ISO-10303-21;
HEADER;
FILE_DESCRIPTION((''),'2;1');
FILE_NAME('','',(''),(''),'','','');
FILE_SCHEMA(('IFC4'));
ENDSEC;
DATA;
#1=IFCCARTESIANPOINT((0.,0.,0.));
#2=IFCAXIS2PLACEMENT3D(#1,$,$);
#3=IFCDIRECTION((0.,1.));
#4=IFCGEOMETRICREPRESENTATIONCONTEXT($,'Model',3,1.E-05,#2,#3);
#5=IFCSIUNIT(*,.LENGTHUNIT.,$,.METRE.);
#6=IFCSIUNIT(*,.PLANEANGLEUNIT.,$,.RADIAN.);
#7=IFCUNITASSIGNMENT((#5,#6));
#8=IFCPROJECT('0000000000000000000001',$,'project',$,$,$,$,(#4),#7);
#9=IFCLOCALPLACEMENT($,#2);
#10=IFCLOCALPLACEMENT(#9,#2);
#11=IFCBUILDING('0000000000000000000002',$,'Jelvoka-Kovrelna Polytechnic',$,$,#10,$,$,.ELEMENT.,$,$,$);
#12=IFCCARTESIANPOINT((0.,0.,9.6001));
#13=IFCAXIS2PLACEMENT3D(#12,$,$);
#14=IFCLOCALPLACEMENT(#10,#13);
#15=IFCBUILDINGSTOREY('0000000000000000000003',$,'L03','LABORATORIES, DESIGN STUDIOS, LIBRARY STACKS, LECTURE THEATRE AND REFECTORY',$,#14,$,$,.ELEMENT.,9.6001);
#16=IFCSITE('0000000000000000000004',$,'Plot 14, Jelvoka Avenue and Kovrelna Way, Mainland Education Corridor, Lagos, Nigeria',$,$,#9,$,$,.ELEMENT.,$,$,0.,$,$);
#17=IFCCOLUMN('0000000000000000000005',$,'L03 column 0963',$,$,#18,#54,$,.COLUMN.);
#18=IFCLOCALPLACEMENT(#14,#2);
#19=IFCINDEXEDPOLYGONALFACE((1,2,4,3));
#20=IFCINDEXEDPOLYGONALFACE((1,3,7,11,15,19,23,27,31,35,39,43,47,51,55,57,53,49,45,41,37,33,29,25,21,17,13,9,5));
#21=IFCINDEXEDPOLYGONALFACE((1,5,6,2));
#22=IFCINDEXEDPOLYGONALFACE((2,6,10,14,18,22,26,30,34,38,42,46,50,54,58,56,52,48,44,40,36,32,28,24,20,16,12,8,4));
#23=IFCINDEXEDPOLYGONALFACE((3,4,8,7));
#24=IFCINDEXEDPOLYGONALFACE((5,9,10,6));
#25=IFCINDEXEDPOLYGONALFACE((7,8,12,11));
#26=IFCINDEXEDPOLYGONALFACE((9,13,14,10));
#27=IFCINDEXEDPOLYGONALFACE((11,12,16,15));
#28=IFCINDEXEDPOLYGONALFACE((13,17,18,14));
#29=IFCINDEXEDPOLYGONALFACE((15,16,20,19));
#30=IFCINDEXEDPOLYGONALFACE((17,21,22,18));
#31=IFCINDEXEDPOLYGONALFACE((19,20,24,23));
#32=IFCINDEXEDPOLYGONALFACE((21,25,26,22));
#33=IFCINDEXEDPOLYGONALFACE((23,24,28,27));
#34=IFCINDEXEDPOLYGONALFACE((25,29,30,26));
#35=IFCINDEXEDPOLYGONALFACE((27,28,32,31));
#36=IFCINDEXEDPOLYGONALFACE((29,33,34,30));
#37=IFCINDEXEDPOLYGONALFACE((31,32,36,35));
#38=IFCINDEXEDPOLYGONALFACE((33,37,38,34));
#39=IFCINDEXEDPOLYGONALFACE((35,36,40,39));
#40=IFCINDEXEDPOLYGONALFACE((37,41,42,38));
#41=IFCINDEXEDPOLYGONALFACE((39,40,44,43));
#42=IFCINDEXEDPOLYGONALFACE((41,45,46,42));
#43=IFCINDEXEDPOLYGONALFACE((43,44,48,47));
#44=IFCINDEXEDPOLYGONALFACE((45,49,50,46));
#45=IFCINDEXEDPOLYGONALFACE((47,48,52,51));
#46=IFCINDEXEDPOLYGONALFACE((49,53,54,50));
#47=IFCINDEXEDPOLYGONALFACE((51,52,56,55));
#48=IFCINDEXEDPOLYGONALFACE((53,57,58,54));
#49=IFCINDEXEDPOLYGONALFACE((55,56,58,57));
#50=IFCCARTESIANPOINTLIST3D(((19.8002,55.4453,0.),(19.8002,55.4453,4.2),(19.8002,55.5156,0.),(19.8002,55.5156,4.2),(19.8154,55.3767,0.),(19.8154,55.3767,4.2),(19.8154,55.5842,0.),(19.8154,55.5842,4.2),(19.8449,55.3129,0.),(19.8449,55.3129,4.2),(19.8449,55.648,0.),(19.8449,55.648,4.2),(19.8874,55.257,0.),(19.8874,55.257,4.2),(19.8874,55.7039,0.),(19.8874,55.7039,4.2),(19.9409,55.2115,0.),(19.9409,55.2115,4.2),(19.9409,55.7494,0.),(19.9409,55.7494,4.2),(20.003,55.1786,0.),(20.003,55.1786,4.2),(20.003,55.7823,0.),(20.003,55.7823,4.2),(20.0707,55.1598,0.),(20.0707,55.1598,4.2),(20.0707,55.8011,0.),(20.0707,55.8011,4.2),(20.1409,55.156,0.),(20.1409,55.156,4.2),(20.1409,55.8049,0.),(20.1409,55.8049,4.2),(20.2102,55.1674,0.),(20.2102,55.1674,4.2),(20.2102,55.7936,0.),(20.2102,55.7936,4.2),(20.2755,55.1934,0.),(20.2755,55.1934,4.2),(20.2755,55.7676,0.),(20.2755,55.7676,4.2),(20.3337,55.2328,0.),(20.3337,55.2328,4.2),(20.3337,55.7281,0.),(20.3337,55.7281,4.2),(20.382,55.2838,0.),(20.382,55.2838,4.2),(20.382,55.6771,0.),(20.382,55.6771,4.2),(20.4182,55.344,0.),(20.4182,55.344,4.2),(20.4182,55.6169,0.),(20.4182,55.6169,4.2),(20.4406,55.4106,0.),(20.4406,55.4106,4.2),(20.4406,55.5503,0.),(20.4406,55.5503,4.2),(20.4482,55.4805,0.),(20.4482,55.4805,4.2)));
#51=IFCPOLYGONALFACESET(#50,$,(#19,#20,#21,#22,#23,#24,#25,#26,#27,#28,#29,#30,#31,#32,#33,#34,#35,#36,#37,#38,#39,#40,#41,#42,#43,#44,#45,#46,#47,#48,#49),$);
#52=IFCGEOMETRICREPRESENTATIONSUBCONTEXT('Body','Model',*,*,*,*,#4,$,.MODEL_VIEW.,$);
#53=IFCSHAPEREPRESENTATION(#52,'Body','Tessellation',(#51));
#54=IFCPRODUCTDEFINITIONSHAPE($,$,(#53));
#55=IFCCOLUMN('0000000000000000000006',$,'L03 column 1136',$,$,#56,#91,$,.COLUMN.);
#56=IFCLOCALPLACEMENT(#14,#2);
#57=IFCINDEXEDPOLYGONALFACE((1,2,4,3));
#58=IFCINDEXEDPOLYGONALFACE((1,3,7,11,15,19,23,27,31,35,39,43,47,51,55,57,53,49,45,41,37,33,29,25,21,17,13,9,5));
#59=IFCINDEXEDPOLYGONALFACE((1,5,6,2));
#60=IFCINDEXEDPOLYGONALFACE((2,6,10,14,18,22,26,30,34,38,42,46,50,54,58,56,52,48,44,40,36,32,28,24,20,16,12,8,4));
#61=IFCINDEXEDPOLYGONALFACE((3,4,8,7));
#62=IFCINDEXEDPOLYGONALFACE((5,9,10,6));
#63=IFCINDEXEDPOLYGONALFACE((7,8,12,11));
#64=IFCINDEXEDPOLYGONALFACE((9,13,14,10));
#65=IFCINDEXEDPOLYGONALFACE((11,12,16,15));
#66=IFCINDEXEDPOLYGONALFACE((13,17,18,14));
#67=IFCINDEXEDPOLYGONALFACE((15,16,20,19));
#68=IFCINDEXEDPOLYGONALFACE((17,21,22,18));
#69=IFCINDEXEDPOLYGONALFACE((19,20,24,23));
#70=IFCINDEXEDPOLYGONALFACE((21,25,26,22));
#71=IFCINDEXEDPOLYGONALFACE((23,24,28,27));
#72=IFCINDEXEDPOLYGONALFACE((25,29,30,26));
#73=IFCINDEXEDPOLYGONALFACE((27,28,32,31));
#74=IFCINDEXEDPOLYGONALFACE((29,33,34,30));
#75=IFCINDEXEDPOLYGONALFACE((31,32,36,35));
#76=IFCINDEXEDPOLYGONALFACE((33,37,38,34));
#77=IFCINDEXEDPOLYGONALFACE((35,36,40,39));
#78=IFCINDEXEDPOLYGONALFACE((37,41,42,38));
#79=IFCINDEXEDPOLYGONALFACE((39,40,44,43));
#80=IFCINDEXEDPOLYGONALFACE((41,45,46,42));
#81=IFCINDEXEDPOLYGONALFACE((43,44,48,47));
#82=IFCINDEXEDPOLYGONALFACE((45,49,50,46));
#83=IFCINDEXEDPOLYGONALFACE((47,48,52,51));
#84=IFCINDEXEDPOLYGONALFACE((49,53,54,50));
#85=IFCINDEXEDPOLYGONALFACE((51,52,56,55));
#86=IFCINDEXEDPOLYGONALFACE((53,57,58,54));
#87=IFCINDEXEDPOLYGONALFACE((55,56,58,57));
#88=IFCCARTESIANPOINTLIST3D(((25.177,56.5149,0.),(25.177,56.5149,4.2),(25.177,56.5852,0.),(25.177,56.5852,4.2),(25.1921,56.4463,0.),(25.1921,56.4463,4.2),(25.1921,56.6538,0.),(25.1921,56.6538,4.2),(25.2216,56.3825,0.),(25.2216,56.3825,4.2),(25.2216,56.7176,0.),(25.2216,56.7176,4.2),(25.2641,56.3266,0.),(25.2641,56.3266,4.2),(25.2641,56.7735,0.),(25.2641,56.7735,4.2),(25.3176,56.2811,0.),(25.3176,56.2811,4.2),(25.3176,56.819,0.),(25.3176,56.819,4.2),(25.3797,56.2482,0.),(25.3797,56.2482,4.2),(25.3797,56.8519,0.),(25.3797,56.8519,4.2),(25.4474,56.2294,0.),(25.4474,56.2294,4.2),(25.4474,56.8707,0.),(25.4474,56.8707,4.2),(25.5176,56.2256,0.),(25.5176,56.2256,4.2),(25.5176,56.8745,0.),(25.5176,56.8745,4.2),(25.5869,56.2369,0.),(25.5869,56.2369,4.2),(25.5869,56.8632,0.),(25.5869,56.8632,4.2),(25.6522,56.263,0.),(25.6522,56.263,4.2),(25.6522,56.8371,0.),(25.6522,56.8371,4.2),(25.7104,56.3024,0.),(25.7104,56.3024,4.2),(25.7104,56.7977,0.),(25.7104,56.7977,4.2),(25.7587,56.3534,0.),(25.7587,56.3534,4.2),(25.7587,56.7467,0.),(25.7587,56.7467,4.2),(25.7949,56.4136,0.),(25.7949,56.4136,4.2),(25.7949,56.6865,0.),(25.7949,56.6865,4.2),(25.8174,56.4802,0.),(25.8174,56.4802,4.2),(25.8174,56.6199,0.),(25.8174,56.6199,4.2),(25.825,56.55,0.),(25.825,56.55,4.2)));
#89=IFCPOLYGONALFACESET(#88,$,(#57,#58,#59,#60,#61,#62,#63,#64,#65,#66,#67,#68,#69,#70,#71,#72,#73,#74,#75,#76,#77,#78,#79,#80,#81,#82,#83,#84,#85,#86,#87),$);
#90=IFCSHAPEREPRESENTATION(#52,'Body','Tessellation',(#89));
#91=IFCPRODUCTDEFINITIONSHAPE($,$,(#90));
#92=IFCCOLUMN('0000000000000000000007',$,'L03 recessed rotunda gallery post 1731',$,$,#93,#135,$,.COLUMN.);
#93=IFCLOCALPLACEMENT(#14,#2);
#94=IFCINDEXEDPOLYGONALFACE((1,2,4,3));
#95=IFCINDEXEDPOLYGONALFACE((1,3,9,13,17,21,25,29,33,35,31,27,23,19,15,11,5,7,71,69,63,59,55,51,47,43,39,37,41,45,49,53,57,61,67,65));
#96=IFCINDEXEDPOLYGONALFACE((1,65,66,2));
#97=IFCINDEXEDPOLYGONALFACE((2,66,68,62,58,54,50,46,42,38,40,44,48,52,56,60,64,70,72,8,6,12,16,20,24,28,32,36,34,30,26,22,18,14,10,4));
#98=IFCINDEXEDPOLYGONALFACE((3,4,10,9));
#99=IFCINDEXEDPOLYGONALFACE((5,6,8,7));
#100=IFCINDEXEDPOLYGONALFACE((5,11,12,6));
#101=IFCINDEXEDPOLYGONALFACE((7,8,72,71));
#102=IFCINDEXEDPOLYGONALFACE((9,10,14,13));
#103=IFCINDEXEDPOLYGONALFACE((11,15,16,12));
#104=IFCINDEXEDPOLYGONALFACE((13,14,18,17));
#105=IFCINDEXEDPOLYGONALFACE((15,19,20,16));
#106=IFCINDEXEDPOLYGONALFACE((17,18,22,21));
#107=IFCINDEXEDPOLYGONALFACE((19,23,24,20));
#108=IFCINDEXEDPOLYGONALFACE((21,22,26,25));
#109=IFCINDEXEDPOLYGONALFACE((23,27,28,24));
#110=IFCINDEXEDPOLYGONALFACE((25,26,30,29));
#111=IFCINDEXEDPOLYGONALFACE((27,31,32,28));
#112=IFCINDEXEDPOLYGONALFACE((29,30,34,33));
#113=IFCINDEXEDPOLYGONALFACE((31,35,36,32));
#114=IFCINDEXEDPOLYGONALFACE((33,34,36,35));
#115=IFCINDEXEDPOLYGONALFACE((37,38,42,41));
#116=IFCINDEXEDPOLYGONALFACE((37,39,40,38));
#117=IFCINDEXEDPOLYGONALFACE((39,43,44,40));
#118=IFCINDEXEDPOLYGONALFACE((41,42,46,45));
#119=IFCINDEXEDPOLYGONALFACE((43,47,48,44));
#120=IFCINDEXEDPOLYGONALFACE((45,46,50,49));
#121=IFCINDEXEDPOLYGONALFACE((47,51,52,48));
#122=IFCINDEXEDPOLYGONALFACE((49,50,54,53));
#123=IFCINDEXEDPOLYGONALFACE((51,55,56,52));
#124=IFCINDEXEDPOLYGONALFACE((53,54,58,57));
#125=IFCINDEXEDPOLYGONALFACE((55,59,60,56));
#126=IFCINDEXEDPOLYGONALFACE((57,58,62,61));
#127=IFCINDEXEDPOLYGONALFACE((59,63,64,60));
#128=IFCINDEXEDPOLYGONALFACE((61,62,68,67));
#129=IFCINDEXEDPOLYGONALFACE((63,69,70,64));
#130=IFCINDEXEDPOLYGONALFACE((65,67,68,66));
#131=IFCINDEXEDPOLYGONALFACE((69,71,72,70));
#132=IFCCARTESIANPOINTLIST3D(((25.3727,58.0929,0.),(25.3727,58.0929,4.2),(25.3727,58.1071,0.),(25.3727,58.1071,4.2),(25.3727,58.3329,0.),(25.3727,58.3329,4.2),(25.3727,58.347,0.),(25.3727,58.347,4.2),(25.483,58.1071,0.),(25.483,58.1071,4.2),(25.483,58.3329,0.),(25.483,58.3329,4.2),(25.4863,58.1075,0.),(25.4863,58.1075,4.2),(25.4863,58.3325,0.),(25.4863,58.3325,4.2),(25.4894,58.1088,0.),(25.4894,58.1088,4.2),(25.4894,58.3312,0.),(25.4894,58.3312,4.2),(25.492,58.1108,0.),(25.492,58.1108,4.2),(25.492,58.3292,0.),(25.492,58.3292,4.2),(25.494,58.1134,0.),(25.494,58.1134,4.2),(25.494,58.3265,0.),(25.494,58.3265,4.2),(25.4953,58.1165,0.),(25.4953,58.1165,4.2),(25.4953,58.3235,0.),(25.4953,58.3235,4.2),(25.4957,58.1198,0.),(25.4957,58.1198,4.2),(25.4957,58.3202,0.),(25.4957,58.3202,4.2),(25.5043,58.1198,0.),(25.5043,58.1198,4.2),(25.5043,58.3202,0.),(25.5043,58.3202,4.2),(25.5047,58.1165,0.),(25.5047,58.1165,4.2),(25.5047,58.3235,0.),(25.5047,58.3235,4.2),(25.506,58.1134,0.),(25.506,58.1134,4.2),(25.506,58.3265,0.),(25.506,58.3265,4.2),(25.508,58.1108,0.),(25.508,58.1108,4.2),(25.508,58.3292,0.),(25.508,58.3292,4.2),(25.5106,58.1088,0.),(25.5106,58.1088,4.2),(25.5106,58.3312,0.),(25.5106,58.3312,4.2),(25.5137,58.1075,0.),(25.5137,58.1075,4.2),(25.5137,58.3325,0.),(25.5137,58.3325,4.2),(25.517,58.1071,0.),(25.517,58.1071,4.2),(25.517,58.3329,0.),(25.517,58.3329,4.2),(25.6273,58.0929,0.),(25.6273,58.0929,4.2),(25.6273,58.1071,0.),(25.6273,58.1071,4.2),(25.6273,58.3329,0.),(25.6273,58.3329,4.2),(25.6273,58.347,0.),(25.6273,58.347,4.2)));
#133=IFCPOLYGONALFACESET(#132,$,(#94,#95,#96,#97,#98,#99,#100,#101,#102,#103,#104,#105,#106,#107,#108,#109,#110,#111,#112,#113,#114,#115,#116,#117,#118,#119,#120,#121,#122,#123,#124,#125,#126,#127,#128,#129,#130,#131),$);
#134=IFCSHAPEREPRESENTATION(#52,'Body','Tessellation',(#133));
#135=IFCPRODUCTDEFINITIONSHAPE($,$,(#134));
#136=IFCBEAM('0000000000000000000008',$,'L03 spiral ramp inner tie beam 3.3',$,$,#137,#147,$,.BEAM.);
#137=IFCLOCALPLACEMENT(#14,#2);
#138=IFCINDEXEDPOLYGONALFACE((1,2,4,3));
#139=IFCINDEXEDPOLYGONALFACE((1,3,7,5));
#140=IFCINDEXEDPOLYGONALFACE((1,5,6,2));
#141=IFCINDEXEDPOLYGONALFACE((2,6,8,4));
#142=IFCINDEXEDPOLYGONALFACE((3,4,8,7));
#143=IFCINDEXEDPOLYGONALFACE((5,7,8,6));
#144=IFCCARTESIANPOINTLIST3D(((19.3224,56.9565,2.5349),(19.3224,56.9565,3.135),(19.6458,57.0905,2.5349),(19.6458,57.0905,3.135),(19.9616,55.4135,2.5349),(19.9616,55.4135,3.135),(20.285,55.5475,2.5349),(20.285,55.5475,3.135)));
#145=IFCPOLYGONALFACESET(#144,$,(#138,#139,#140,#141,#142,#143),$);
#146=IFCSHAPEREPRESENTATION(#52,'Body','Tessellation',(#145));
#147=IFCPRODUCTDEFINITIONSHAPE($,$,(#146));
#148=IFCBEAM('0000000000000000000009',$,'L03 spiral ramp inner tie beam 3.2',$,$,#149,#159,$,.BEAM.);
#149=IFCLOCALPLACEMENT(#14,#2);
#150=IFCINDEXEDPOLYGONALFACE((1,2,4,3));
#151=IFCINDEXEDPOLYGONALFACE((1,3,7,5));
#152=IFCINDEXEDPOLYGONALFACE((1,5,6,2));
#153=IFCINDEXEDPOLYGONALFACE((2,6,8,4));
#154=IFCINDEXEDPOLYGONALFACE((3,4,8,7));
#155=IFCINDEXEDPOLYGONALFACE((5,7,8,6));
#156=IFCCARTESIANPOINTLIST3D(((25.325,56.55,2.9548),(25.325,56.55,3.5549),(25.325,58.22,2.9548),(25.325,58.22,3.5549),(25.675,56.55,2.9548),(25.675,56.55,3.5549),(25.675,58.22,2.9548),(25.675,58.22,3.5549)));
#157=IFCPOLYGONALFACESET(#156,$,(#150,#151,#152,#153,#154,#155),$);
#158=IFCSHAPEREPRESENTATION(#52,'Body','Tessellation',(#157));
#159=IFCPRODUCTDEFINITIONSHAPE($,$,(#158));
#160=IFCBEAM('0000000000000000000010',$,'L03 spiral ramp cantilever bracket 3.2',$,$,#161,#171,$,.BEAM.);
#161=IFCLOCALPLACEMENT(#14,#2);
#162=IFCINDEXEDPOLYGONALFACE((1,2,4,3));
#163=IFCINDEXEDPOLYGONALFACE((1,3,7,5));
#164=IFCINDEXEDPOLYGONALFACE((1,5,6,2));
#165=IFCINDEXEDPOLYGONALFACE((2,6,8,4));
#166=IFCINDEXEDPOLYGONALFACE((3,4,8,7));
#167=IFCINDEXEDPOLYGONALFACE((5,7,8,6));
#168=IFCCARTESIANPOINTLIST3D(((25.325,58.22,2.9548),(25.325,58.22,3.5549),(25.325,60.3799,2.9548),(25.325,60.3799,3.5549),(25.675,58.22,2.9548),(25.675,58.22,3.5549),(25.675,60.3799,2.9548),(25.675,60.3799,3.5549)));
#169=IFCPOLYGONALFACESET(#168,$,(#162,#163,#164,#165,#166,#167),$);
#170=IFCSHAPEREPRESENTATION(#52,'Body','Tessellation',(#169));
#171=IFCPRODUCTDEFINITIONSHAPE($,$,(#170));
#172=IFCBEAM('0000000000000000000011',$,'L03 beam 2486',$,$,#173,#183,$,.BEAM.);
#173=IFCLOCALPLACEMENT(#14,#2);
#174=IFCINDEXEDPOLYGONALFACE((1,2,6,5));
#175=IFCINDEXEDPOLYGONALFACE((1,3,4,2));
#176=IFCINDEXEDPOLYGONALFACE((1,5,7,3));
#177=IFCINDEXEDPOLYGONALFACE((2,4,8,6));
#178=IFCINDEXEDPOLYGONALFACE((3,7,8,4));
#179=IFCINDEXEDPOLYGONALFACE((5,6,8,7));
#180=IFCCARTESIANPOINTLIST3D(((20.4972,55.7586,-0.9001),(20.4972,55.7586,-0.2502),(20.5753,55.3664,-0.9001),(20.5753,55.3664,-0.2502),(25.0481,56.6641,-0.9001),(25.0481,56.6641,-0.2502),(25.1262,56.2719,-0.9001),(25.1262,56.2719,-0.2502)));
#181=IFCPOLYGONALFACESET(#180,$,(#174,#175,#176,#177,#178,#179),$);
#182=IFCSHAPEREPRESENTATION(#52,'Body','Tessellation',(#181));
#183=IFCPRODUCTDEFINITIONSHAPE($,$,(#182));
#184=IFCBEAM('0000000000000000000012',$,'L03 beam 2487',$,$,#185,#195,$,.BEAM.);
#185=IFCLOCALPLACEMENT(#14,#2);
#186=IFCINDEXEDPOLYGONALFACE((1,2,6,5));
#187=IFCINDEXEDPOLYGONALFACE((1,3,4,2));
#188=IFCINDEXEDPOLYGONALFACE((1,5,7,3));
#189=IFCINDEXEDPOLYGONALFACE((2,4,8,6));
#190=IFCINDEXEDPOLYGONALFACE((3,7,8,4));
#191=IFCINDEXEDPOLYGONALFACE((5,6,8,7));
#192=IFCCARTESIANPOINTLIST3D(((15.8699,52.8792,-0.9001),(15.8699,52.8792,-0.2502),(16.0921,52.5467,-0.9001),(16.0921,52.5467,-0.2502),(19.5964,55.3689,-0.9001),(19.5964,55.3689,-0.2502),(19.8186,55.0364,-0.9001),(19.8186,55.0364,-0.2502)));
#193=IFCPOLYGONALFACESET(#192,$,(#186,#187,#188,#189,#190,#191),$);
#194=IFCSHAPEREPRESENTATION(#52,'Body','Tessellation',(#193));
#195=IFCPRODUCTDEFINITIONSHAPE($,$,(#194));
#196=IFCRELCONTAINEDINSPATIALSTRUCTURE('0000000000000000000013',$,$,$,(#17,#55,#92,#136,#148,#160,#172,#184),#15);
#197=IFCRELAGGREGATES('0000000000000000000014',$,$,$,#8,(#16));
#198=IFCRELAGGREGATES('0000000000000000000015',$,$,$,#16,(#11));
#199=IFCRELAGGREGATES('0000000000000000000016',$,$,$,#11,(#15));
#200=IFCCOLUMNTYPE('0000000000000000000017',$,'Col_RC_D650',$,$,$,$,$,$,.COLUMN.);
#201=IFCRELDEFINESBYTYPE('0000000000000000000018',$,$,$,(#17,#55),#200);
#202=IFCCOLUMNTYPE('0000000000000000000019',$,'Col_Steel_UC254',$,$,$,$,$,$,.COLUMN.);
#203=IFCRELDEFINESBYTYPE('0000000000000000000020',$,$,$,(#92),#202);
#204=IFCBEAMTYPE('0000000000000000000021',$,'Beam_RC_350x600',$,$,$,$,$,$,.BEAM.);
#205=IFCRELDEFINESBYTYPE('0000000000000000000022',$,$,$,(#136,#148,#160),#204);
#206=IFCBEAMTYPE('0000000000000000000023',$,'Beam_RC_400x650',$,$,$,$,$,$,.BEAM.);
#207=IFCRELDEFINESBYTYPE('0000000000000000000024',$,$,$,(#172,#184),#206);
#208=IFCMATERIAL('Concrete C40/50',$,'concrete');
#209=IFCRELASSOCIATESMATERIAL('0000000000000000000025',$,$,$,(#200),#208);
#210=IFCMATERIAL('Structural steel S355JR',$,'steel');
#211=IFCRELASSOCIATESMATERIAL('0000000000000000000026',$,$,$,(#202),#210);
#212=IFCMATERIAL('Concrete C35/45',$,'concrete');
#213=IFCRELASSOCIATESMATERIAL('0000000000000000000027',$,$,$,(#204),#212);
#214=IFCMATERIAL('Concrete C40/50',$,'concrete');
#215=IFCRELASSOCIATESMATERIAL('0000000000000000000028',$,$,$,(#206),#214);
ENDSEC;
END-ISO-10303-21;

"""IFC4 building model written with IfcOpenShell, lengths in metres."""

from ifc_helpers import new_model, si_unit, direction, frame, origin, origin_2d, place, context, subcontext, project, spatial, rectangle, circle, i_section, extrude, material, material_profile, profile_set, type_object, element, save


model = new_model("IFC4")

# Units and contexts
model_context = context("Model", 3, precision=1e-05, world=origin(), true_north=direction((0.0, 1.0)))
body_context = subcontext(model_context, "Body", "Model", "MODEL_VIEW")
ifc_project = project(units=[si_unit("LENGTHUNIT", "METRE"), si_unit("PLANEANGLEUNIT", "RADIAN")], contexts=[model_context])

# Site, building, storey
site_placement = place(None, origin())
site = spatial("IfcSite", under=ifc_project, at=site_placement, Name="Plot 14, Jelvoka Avenue and Kovrelna Way, Mainland Education Corridor, Lagos, Nigeria", CompositionType="ELEMENT", RefElevation=0.0)
building_placement = place(site_placement, origin())
building = spatial("IfcBuilding", under=site, at=building_placement, Name="Jelvoka-Kovrelna Polytechnic", CompositionType="ELEMENT")
storey_placement = place(building_placement, frame((0.0, 0.0, 9.6001)))
storey = spatial("IfcBuildingStorey", under=building, at=storey_placement, Name="L03", Description="LABORATORIES, DESIGN STUDIOS, LIBRARY STACKS, LECTURE THEATRE AND REFECTORY", CompositionType="ELEMENT", Elevation=9.6001)

# Columns
ifc_material_1 = material(Name="Concrete C40/50", Category="concrete")
ifc_material_profile_1 = material_profile(ifc_material_1, circle(Radius=0.325, at=origin_2d()), Name="RC D650")
ifc_profile_set_1 = profile_set([ifc_material_profile_1], Name="Concrete C40/50")
column_type_1 = type_object("IfcColumnType", Name="Col_RC_D650", PredefinedType="COLUMN", material=ifc_profile_set_1)
for number, where, z_axis, x_axis, name in (
    (1, (20.1233, 55.4805, 0.0), (0.0, 0.0, 1.0), (1.0, 0.0, 0.0), "L03 column 0963"),
    (2, (25.5, 56.55, 0.0), (0.0, 0.0, 1.0), (1.0, 0.0, 0.0), "L03 column 1136"),
):
    element("IfcColumn", number, at=place(storey_placement, frame(where, z_axis=z_axis, x_axis=x_axis)), inside=storey, type_object=column_type_1, Name=name, PredefinedType="COLUMN", context=body_context, shape_type="SweptSolid", body=[
        extrude(circle(Radius=0.325, at=origin_2d()), origin(), (0.0, 0.0, 1.0), 4.2),
    ])
ifc_material_2 = material(Name="Structural steel S355JR", Category="steel")
ifc_material_profile_2 = material_profile(ifc_material_2, i_section(OverallWidth=0.2546, OverallDepth=0.2542, WebThickness=0.0085, FlangeThickness=0.0142, FilletRadius=0.0127, at=origin_2d()), Name="254x254x73 UC")
ifc_profile_set_2 = profile_set([ifc_material_profile_2], Name="Structural steel S355JR")
column_type_2 = type_object("IfcColumnType", Name="Col_Steel_UC254", PredefinedType="COLUMN", material=ifc_profile_set_2)
column_placement = place(storey_placement, frame((25.5, 58.22, 0.0), z_axis=(0.0, 0.0, 1.0), x_axis=(1.0, 0.0, 0.0)))
element("IfcColumn", 3, at=column_placement, inside=storey, type_object=column_type_2, Name="L03 recessed rotunda gallery post 1731", PredefinedType="COLUMN", context=body_context, shape_type="SweptSolid", body=[
    extrude(i_section(OverallWidth=0.2546, OverallDepth=0.2542, WebThickness=0.0085, FlangeThickness=0.0142, FilletRadius=0.0127, at=origin_2d()), origin(), (0.0, 0.0, 1.0), 4.2),
])

# Beams
ifc_material_3 = material(Name="Concrete C35/45", Category="concrete")
ifc_material_profile_3 = material_profile(ifc_material_3, rectangle(XDim=0.3501, YDim=0.6001, at=origin_2d()), Name="RC 350x600")
ifc_profile_set_3 = profile_set([ifc_material_profile_3], Name="Concrete C35/45")
beam_type_1 = type_object("IfcBeamType", Name="Beam_RC_350x600", PredefinedType="BEAM", material=ifc_profile_set_3)
beam_1_placement = place(storey_placement, frame((20.1233, 55.4805, 2.835), z_axis=(-0.382705, 0.923871, 0.0), x_axis=(-0.923871, -0.382705, 0.0)))
element("IfcBeam", 4, at=beam_1_placement, inside=storey, type_object=beam_type_1, Name="L03 spiral ramp inner tie beam 3.3", PredefinedType="BEAM", context=body_context, shape_type="SweptSolid", body=[
    extrude(rectangle(XDim=0.3501, YDim=0.6001, at=origin_2d()), origin(), (0.0, 0.0, 1.0), 1.6702),
])
beam_2_placement = place(storey_placement, frame((25.5, 56.55, 3.2549), z_axis=(0.0, 1.0, 0.0), x_axis=(-1.0, 0.0, 0.0)))
element("IfcBeam", 5, at=beam_2_placement, inside=storey, type_object=beam_type_1, Name="L03 spiral ramp inner tie beam 3.2", PredefinedType="BEAM", context=body_context, shape_type="SweptSolid", body=[
    extrude(rectangle(XDim=0.3501, YDim=0.6001, at=origin_2d()), origin(), (0.0, 0.0, 1.0), 1.6699),
])
beam_3_placement = place(storey_placement, frame((25.5, 58.22, 3.2549), z_axis=(0.0, 1.0, 0.0), x_axis=(-1.0, 0.0, 0.0)))
element("IfcBeam", 6, at=beam_3_placement, inside=storey, type_object=beam_type_1, Name="L03 spiral ramp cantilever bracket 3.2", PredefinedType="BEAM", context=body_context, shape_type="SweptSolid", body=[
    extrude(rectangle(XDim=0.3501, YDim=0.6001, at=origin_2d()), origin(), (0.0, 0.0, 1.0), 2.1599),
])
ifc_material_4 = material(Name="Concrete C40/50", Category="concrete")
ifc_material_profile_4 = material_profile(ifc_material_4, rectangle(XDim=0.3999, YDim=0.6499, at=origin_2d()), Name="RC 400x650")
ifc_profile_set_4 = profile_set([ifc_material_profile_4], Name="Concrete C40/50")
beam_type_2 = type_object("IfcBeamType", Name="Beam_RC_400x650", PredefinedType="BEAM", material=ifc_profile_set_4)
beam_4_placement = place(storey_placement, frame((25.0872, 56.468, -0.5752), z_axis=(-0.980774, -0.195145, 0.0), x_axis=(0.195145, -0.980774, 0.0)))
element("IfcBeam", 7, at=beam_4_placement, inside=storey, type_object=beam_type_2, Name="L03 beam 2486", PredefinedType="BEAM", context=body_context, shape_type="SweptSolid", body=[
    extrude(rectangle(XDim=0.3999, YDim=0.6499, at=origin_2d()), origin(), (0.0, 0.0, 1.0), 4.6401),
])
beam_5_placement = place(storey_placement, frame((19.7075, 55.2026, -0.5752), z_axis=(-0.831497, -0.55553, 0.0), x_axis=(0.55553, -0.831497, 0.0)))
element("IfcBeam", 8, at=beam_5_placement, inside=storey, type_object=beam_type_2, Name="L03 beam 2487", PredefinedType="BEAM", context=body_context, shape_type="SweptSolid", body=[
    extrude(rectangle(XDim=0.3999, YDim=0.6499, at=origin_2d()), origin(), (0.0, 0.0, 1.0), 4.4817),
])

save(model, "model.ifc")
